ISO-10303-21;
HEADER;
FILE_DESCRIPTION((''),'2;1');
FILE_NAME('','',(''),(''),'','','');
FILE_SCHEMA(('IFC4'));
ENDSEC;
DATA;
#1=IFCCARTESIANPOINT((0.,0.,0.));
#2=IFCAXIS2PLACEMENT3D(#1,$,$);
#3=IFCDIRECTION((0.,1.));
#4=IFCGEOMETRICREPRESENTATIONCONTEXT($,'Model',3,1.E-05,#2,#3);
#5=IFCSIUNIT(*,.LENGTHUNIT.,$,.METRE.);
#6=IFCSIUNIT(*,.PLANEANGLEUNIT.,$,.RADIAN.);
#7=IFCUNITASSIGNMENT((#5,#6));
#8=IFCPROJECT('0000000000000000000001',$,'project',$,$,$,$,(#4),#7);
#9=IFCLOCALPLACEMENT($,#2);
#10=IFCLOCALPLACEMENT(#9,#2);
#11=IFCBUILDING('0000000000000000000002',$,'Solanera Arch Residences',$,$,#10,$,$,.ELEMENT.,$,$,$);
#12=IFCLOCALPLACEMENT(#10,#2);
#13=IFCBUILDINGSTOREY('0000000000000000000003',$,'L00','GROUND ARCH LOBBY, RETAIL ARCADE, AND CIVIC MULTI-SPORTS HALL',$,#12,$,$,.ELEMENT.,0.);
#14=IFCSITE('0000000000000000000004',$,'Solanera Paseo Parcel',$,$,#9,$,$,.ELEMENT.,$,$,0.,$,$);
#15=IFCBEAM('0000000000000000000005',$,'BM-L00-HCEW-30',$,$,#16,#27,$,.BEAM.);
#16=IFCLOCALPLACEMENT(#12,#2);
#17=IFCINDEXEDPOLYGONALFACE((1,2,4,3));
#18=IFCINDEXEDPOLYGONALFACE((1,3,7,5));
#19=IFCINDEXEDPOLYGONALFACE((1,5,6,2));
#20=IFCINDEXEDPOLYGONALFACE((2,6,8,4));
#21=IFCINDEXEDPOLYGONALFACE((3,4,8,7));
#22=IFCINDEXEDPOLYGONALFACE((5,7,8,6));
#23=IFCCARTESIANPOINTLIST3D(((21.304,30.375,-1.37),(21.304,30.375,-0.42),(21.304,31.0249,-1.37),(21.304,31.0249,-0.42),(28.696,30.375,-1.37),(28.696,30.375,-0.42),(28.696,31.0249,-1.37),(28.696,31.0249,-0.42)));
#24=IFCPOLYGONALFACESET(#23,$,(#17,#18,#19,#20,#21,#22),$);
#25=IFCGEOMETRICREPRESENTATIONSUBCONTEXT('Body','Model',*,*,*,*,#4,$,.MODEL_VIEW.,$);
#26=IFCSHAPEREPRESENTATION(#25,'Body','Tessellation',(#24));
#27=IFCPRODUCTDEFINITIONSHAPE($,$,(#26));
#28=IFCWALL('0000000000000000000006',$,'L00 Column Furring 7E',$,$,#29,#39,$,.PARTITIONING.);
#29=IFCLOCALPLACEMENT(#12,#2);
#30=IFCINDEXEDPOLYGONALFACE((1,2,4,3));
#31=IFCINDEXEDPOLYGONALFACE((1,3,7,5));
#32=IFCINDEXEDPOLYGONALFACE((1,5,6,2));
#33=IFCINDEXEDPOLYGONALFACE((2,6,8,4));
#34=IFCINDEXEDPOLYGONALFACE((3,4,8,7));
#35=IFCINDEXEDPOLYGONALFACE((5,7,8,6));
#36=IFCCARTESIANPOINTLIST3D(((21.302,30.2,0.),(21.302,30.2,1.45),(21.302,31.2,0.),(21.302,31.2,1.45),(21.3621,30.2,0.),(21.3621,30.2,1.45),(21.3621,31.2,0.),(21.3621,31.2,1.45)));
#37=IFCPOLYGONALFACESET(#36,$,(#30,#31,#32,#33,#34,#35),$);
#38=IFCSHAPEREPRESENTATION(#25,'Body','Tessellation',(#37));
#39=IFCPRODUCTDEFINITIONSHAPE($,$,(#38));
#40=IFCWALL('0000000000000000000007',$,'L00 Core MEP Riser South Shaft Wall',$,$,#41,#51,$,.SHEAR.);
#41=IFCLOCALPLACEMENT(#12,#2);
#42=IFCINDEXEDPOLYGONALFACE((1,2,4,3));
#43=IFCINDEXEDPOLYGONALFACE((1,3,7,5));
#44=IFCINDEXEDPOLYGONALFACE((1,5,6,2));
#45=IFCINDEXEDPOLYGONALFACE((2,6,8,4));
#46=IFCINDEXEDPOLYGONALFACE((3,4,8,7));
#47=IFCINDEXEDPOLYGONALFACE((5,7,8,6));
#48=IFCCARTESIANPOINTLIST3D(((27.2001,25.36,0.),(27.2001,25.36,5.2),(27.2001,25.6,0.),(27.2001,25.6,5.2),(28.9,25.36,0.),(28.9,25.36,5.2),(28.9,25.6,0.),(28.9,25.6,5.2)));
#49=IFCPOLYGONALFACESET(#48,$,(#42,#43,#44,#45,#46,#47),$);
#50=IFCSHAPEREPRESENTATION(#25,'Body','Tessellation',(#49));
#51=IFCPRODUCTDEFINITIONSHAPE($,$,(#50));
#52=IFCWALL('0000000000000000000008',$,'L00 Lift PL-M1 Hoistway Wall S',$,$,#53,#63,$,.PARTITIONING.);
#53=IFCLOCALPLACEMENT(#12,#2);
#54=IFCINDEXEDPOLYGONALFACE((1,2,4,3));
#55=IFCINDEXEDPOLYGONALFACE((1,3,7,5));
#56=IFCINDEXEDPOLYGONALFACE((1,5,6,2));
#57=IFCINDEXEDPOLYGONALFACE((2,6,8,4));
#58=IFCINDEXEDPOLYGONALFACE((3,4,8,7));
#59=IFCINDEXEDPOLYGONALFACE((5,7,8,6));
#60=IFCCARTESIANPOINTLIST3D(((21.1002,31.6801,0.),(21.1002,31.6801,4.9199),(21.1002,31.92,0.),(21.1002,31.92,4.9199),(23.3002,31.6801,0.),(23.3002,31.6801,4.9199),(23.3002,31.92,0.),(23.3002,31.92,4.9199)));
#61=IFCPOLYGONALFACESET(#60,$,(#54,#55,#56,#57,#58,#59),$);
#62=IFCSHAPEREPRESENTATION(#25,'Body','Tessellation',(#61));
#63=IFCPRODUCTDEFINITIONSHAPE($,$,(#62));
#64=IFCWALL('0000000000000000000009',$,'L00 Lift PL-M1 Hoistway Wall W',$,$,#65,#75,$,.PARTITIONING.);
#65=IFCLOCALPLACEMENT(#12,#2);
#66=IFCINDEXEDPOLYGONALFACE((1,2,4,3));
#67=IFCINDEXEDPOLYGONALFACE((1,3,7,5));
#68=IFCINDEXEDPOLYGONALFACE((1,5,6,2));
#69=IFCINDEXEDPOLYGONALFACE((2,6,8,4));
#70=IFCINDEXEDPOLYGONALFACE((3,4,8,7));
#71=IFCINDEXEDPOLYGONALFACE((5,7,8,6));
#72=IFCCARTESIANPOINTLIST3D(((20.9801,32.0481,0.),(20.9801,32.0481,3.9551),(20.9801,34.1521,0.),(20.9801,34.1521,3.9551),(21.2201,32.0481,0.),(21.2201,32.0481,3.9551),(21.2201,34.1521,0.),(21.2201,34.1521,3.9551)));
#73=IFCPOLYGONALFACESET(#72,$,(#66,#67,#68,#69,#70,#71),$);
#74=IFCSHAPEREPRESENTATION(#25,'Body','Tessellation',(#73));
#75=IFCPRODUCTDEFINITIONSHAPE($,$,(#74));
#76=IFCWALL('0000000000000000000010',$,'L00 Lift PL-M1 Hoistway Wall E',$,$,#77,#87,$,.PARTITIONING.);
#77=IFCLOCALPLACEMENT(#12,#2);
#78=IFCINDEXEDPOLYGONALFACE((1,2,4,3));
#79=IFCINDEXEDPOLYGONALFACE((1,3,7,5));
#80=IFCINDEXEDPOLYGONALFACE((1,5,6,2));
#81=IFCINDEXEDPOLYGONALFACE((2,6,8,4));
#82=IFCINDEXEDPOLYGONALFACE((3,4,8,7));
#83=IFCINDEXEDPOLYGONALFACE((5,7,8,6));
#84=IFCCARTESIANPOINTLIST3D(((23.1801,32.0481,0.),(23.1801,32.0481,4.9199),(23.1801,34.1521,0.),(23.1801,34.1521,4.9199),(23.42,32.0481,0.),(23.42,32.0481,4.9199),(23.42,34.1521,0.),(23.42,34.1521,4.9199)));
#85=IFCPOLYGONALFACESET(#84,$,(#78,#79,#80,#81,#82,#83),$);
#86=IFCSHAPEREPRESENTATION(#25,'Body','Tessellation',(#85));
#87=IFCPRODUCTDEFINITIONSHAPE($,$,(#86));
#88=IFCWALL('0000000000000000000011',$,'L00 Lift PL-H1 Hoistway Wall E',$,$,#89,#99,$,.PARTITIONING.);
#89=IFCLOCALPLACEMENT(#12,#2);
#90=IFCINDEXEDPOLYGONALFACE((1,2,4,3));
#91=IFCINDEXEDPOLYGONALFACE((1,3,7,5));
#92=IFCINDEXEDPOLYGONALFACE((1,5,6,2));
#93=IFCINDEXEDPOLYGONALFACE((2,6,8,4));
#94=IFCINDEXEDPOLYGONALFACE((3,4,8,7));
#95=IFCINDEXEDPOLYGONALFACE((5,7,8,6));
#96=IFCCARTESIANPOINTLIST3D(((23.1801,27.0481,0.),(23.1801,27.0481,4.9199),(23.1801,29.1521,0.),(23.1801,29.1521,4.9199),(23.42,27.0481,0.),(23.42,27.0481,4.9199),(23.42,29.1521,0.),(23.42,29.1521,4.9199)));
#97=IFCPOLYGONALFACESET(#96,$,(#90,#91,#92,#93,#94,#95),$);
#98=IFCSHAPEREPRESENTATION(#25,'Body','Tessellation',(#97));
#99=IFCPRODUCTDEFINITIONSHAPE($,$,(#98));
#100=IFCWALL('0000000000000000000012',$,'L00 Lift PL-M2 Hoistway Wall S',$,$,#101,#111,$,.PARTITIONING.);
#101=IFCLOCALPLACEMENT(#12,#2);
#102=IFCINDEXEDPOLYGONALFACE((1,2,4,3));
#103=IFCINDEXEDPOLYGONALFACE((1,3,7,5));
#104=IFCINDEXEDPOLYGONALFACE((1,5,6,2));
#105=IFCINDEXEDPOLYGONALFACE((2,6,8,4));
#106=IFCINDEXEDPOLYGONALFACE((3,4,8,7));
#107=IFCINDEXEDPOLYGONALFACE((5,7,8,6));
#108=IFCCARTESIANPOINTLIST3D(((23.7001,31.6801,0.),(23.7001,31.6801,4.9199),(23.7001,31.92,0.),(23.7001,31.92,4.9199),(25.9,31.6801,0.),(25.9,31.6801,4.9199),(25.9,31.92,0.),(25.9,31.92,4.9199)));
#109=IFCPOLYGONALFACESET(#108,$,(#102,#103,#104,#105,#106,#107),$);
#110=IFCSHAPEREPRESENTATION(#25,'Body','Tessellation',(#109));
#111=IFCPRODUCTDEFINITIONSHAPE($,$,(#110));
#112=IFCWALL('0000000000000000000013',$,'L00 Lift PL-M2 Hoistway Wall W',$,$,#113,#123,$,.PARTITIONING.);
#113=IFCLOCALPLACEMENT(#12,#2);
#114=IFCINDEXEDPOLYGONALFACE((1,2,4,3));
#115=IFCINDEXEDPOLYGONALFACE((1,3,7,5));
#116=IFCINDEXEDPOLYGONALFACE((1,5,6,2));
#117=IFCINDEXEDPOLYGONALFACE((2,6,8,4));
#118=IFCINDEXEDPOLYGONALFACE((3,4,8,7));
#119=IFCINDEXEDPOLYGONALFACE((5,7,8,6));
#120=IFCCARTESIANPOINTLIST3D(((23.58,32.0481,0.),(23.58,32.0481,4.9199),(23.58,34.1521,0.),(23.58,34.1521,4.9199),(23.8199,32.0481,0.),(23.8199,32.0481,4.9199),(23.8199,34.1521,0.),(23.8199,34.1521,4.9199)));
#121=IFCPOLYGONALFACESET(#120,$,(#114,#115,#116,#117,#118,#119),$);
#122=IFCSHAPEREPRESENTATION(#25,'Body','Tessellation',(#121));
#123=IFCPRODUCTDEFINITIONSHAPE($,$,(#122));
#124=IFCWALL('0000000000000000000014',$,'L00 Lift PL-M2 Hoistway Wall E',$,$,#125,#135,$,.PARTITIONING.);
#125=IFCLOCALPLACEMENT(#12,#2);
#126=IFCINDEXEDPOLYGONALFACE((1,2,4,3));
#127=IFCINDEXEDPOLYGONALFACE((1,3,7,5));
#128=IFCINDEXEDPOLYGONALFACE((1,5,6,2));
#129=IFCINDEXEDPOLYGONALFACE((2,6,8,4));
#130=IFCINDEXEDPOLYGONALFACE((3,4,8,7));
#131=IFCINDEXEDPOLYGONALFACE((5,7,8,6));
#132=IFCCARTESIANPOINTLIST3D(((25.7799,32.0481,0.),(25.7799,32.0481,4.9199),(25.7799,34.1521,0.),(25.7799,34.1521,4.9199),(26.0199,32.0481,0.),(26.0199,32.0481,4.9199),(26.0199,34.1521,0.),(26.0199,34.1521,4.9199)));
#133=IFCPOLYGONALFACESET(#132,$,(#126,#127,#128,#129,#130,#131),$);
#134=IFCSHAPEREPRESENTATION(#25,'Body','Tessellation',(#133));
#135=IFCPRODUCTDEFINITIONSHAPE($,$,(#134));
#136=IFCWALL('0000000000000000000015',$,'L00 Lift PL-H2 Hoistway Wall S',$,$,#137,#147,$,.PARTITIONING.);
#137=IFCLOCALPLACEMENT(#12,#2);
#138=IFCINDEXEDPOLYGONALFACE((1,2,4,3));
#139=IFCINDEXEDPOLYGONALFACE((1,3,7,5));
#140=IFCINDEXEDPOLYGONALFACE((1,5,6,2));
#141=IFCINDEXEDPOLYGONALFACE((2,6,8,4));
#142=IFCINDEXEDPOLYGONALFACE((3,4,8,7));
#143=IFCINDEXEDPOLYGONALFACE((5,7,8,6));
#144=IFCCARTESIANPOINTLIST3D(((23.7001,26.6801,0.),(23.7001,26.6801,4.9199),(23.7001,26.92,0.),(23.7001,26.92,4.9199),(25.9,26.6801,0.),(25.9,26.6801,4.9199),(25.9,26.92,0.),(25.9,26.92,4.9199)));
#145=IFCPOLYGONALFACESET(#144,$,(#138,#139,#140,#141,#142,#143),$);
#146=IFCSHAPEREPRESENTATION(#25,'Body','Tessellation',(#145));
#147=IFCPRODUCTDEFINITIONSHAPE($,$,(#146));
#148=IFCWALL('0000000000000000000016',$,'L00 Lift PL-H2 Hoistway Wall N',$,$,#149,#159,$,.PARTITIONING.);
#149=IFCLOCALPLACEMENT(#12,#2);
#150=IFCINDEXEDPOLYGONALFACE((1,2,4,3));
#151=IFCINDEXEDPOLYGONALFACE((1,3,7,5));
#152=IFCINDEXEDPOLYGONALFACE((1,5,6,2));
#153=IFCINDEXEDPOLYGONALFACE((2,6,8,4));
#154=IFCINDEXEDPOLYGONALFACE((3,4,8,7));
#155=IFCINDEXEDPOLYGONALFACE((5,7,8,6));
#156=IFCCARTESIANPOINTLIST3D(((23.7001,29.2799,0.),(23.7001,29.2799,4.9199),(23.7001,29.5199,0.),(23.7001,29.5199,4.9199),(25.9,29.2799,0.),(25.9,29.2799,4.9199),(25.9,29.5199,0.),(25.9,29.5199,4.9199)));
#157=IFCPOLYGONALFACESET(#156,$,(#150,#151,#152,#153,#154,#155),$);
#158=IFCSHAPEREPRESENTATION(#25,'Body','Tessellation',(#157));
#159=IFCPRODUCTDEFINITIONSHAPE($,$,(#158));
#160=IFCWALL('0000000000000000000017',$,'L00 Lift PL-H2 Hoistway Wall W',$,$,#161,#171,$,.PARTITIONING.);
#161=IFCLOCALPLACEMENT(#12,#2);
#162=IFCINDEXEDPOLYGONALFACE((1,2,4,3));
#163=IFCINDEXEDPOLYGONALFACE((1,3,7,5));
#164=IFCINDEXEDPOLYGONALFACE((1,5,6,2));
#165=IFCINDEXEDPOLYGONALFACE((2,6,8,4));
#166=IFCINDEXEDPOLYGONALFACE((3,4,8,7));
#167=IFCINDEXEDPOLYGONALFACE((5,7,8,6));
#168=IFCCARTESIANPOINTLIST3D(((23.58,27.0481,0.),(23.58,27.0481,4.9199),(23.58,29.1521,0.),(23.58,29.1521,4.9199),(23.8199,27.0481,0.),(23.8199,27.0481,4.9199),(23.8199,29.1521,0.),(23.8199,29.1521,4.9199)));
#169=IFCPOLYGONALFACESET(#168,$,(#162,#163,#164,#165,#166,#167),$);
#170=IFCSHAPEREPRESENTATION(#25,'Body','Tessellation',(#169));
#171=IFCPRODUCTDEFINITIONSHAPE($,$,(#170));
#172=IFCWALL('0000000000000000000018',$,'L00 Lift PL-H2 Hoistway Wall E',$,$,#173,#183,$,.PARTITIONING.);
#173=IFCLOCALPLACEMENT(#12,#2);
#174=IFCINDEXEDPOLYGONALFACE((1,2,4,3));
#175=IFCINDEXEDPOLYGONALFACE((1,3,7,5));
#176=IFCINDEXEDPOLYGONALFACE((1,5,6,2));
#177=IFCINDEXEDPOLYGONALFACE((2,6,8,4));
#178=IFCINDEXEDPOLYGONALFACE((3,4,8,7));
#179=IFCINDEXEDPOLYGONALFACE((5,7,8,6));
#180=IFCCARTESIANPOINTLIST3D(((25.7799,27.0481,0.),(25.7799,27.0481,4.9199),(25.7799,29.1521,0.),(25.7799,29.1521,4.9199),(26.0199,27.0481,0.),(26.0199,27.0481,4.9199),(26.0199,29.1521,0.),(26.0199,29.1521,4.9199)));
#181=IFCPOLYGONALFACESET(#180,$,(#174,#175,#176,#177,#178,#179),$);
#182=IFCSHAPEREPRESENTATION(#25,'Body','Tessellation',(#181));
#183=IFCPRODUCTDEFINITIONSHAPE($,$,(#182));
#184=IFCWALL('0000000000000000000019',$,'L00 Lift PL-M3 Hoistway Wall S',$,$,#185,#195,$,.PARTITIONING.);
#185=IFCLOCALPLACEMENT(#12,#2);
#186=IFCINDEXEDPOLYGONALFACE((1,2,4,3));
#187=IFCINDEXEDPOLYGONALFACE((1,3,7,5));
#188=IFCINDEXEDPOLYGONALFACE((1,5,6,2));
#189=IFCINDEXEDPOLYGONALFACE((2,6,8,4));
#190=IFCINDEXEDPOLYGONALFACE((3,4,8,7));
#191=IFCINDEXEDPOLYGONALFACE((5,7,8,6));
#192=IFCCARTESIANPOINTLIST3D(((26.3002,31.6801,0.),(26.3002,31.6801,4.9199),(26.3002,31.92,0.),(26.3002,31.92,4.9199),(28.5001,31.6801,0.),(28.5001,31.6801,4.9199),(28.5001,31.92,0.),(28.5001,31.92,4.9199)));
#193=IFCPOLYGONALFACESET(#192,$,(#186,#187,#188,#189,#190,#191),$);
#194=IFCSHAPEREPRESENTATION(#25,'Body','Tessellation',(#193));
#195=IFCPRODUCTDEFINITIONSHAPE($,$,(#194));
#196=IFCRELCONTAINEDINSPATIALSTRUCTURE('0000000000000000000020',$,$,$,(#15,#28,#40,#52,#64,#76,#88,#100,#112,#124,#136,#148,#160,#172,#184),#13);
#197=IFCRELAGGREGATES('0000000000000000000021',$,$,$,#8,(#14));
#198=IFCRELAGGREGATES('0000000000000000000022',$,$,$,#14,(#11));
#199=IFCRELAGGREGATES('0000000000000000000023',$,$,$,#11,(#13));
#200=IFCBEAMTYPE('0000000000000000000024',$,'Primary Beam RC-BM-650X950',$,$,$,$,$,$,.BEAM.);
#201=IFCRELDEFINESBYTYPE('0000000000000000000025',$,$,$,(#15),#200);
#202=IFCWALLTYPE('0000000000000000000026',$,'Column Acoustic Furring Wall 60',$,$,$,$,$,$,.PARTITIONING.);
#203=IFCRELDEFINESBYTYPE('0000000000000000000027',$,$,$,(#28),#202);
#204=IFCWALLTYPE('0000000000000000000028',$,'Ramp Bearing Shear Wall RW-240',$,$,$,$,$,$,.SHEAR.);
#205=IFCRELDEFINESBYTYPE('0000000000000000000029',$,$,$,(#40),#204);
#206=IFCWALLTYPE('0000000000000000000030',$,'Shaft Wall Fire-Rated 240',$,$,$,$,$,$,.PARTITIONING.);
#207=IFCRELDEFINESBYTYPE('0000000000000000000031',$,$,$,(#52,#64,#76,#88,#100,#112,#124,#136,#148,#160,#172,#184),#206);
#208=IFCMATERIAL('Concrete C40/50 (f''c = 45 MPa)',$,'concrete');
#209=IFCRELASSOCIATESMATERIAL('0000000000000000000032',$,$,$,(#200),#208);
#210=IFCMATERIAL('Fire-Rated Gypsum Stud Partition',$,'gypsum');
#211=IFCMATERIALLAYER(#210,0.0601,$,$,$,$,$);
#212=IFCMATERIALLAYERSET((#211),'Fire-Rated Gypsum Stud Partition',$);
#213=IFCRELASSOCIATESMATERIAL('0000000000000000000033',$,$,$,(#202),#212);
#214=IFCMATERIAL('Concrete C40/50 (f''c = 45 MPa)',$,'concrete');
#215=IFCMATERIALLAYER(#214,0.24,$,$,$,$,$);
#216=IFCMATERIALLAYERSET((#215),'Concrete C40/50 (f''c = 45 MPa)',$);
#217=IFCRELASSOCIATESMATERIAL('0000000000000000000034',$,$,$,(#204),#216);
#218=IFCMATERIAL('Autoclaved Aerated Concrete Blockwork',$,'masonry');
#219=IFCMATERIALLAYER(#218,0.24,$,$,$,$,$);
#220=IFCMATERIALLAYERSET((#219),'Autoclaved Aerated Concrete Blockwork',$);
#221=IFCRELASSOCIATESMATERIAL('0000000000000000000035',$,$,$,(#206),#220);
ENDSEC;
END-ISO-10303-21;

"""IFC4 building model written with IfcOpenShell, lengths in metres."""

from ifc_helpers import new_model, si_unit, direction, frame, frame_2d, origin, origin_2d, place, context, subcontext, project, spatial, rectangle, extrude, material, layer, layer_set, material_profile, profile_set, type_object, element, save


model = new_model("IFC4")

# Units and contexts
model_context = context("Model", 3, precision=1e-05, world=origin(), true_north=direction((0.0, 1.0)))
body_context = subcontext(model_context, "Body", "Model", "MODEL_VIEW")
ifc_project = project(units=[si_unit("LENGTHUNIT", "METRE"), si_unit("PLANEANGLEUNIT", "RADIAN")], contexts=[model_context])

# Site, building, storey
site_placement = place(None, origin())
site = spatial("IfcSite", under=ifc_project, at=site_placement, Name="Solanera Paseo Parcel", CompositionType="ELEMENT", RefElevation=0.0)
building_placement = place(site_placement, origin())
building = spatial("IfcBuilding", under=site, at=building_placement, Name="Solanera Arch Residences", CompositionType="ELEMENT")
storey_placement = place(building_placement, origin())
storey = spatial("IfcBuildingStorey", under=building, at=storey_placement, Name="L00", Description="GROUND ARCH LOBBY, RETAIL ARCADE, AND CIVIC MULTI-SPORTS HALL", CompositionType="ELEMENT", Elevation=0.0)

# Beam
ifc_material_1 = material(Name="Concrete C40/50 (f'c = 45 MPa)", Category="concrete")
ifc_material_profile = material_profile(ifc_material_1, rectangle(XDim=0.6499, YDim=0.95, at=origin_2d()))
ifc_profile_set = profile_set([ifc_material_profile], Name="Concrete C40/50 (f'c = 45 MPa)")
beam_type = type_object("IfcBeamType", Name="Primary Beam RC-BM-650X950", PredefinedType="BEAM", material=ifc_profile_set)
beam_placement = place(storey_placement, frame((21.304, 30.7, -0.895), z_axis=(1.0, 0.0, 0.0), x_axis=(0.0, 1.0, 0.0)))
element("IfcBeam", 1, at=beam_placement, inside=storey, type_object=beam_type, Name="BM-L00-HCEW-30", PredefinedType="BEAM", context=body_context, shape_type="SweptSolid", body=[
    extrude(rectangle(XDim=0.6499, YDim=0.95, at=origin_2d()), origin(), (0.0, 0.0, 1.0), 7.3921),
])

# Walls
ifc_material_2 = material(Name="Fire-Rated Gypsum Stud Partition", Category="gypsum")
ifc_layer_1 = layer(ifc_material_2, 0.0601)
ifc_layer_set_1 = layer_set([ifc_layer_1], Name="Fire-Rated Gypsum Stud Partition")
wall_type_1 = type_object("IfcWallType", Name="Column Acoustic Furring Wall 60", PredefinedType="PARTITIONING", material=ifc_layer_set_1)
wall_1_placement = place(storey_placement, frame((21.332, 30.2, 0.0), z_axis=(0.0, 0.0, 1.0), x_axis=(0.0, 1.0, 0.0)))
element("IfcWall", 2, at=wall_1_placement, inside=storey, type_object=wall_type_1, Name="L00 Column Furring 7E", PredefinedType="PARTITIONING", context=body_context, shape_type="SweptSolid", body=[
    extrude(rectangle(XDim=1.0, YDim=0.0601, at=frame_2d((0.5, 0.0))), origin(), (0.0, 0.0, 1.0), 1.45),
])
ifc_material_3 = material(Name="Concrete C40/50 (f'c = 45 MPa)", Category="concrete")
ifc_layer_2 = layer(ifc_material_3, 0.24)
ifc_layer_set_2 = layer_set([ifc_layer_2], Name="Concrete C40/50 (f'c = 45 MPa)")
wall_type_2 = type_object("IfcWallType", Name="Ramp Bearing Shear Wall RW-240", PredefinedType="SHEAR", material=ifc_layer_set_2)
wall_2_placement = place(storey_placement, frame((27.2, 25.48, 0.0), z_axis=(0.0, 0.0, 1.0), x_axis=(1.0, 0.0, 0.0)))
element("IfcWall", 3, at=wall_2_placement, inside=storey, type_object=wall_type_2, Name="L00 Core MEP Riser South Shaft Wall", PredefinedType="SHEAR", context=body_context, shape_type="SweptSolid", body=[
    extrude(rectangle(XDim=1.7, YDim=0.24, at=frame_2d((0.8501, 0.0))), origin(), (0.0, 0.0, 1.0), 5.2),
])
ifc_material_4 = material(Name="Autoclaved Aerated Concrete Blockwork", Category="masonry")
ifc_layer_3 = layer(ifc_material_4, 0.24)
ifc_layer_set_3 = layer_set([ifc_layer_3], Name="Autoclaved Aerated Concrete Blockwork")
wall_type_3 = type_object("IfcWallType", Name="Shaft Wall Fire-Rated 240", PredefinedType="PARTITIONING", material=ifc_layer_set_3)
wall_3_placement = place(storey_placement, frame((21.1001, 31.8, 0.0), z_axis=(0.0, 0.0, 1.0), x_axis=(1.0, 0.0, 0.0)))
element("IfcWall", 4, at=wall_3_placement, inside=storey, type_object=wall_type_3, Name="L00 Lift PL-M1 Hoistway Wall S", PredefinedType="PARTITIONING", context=body_context, shape_type="SweptSolid", body=[
    extrude(rectangle(XDim=2.2, YDim=0.24, at=frame_2d((1.1001, 0.0))), origin(), (0.0, 0.0, 1.0), 4.9199),
])
wall_4_placement = place(storey_placement, frame((21.1001, 32.0481, 0.0), z_axis=(0.0, 0.0, 1.0), x_axis=(0.0, 1.0, 0.0)))
element("IfcWall", 5, at=wall_4_placement, inside=storey, type_object=wall_type_3, Name="L00 Lift PL-M1 Hoistway Wall W", PredefinedType="PARTITIONING", context=body_context, shape_type="SweptSolid", body=[
    extrude(rectangle(XDim=2.104, YDim=0.24, at=frame_2d((1.052, 0.0))), origin(), (0.0, 0.0, 1.0), 3.9551),
])
for number, where, z_axis, x_axis, name in (
    (6, (23.3, 32.0481, 0.0), (0.0, 0.0, 1.0), (0.0, 1.0, 0.0), "L00 Lift PL-M1 Hoistway Wall E"),
    (7, (23.3, 27.0481, 0.0), (0.0, 0.0, 1.0), (0.0, 1.0, 0.0), "L00 Lift PL-H1 Hoistway Wall E"),
):
    element("IfcWall", number, at=place(storey_placement, frame(where, z_axis=z_axis, x_axis=x_axis)), inside=storey, type_object=wall_type_3, Name=name, PredefinedType="PARTITIONING", context=body_context, shape_type="SweptSolid", body=[
        extrude(rectangle(XDim=2.104, YDim=0.24, at=frame_2d((1.052, 0.0))), origin(), (0.0, 0.0, 1.0), 4.9199),
    ])
wall_5_placement = place(storey_placement, frame((23.7, 31.8, 0.0), z_axis=(0.0, 0.0, 1.0), x_axis=(1.0, 0.0, 0.0)))
element("IfcWall", 8, at=wall_5_placement, inside=storey, type_object=wall_type_3, Name="L00 Lift PL-M2 Hoistway Wall S", PredefinedType="PARTITIONING", context=body_context, shape_type="SweptSolid", body=[
    extrude(rectangle(XDim=2.2, YDim=0.24, at=frame_2d((1.1001, 0.0))), origin(), (0.0, 0.0, 1.0), 4.9199),
])
for number, where, z_axis, x_axis, name in (
    (9, (23.7, 32.0481, 0.0), (0.0, 0.0, 1.0), (0.0, 1.0, 0.0), "L00 Lift PL-M2 Hoistway Wall W"),
    (10, (25.8999, 32.0481, 0.0), (0.0, 0.0, 1.0), (0.0, 1.0, 0.0), "L00 Lift PL-M2 Hoistway Wall E"),
):
    element("IfcWall", number, at=place(storey_placement, frame(where, z_axis=z_axis, x_axis=x_axis)), inside=storey, type_object=wall_type_3, Name=name, PredefinedType="PARTITIONING", context=body_context, shape_type="SweptSolid", body=[
        extrude(rectangle(XDim=2.104, YDim=0.24, at=frame_2d((1.052, 0.0))), origin(), (0.0, 0.0, 1.0), 4.9199),
    ])
for number, where, z_axis, x_axis, name in (
    (11, (23.7, 26.8, 0.0), (0.0, 0.0, 1.0), (1.0, 0.0, 0.0), "L00 Lift PL-H2 Hoistway Wall S"),
    (12, (23.7, 29.3999, 0.0), (0.0, 0.0, 1.0), (1.0, 0.0, 0.0), "L00 Lift PL-H2 Hoistway Wall N"),
):
    element("IfcWall", number, at=place(storey_placement, frame(where, z_axis=z_axis, x_axis=x_axis)), inside=storey, type_object=wall_type_3, Name=name, PredefinedType="PARTITIONING", context=body_context, shape_type="SweptSolid", body=[
        extrude(rectangle(XDim=2.2, YDim=0.24, at=frame_2d((1.1001, 0.0))), origin(), (0.0, 0.0, 1.0), 4.9199),
    ])
for number, where, z_axis, x_axis, name in (
    (13, (23.7, 27.0481, 0.0), (0.0, 0.0, 1.0), (0.0, 1.0, 0.0), "L00 Lift PL-H2 Hoistway Wall W"),
    (14, (25.8999, 27.0481, 0.0), (0.0, 0.0, 1.0), (0.0, 1.0, 0.0), "L00 Lift PL-H2 Hoistway Wall E"),
):
    element("IfcWall", number, at=place(storey_placement, frame(where, z_axis=z_axis, x_axis=x_axis)), inside=storey, type_object=wall_type_3, Name=name, PredefinedType="PARTITIONING", context=body_context, shape_type="SweptSolid", body=[
        extrude(rectangle(XDim=2.104, YDim=0.24, at=frame_2d((1.052, 0.0))), origin(), (0.0, 0.0, 1.0), 4.9199),
    ])
wall_6_placement = place(storey_placement, frame((26.3, 31.8, 0.0), z_axis=(0.0, 0.0, 1.0), x_axis=(1.0, 0.0, 0.0)))
element("IfcWall", 15, at=wall_6_placement, inside=storey, type_object=wall_type_3, Name="L00 Lift PL-M3 Hoistway Wall S", PredefinedType="PARTITIONING", context=body_context, shape_type="SweptSolid", body=[
    extrude(rectangle(XDim=2.2, YDim=0.24, at=frame_2d((1.1001, 0.0))), origin(), (0.0, 0.0, 1.0), 4.9199),
])

save(model, "model.ifc")
